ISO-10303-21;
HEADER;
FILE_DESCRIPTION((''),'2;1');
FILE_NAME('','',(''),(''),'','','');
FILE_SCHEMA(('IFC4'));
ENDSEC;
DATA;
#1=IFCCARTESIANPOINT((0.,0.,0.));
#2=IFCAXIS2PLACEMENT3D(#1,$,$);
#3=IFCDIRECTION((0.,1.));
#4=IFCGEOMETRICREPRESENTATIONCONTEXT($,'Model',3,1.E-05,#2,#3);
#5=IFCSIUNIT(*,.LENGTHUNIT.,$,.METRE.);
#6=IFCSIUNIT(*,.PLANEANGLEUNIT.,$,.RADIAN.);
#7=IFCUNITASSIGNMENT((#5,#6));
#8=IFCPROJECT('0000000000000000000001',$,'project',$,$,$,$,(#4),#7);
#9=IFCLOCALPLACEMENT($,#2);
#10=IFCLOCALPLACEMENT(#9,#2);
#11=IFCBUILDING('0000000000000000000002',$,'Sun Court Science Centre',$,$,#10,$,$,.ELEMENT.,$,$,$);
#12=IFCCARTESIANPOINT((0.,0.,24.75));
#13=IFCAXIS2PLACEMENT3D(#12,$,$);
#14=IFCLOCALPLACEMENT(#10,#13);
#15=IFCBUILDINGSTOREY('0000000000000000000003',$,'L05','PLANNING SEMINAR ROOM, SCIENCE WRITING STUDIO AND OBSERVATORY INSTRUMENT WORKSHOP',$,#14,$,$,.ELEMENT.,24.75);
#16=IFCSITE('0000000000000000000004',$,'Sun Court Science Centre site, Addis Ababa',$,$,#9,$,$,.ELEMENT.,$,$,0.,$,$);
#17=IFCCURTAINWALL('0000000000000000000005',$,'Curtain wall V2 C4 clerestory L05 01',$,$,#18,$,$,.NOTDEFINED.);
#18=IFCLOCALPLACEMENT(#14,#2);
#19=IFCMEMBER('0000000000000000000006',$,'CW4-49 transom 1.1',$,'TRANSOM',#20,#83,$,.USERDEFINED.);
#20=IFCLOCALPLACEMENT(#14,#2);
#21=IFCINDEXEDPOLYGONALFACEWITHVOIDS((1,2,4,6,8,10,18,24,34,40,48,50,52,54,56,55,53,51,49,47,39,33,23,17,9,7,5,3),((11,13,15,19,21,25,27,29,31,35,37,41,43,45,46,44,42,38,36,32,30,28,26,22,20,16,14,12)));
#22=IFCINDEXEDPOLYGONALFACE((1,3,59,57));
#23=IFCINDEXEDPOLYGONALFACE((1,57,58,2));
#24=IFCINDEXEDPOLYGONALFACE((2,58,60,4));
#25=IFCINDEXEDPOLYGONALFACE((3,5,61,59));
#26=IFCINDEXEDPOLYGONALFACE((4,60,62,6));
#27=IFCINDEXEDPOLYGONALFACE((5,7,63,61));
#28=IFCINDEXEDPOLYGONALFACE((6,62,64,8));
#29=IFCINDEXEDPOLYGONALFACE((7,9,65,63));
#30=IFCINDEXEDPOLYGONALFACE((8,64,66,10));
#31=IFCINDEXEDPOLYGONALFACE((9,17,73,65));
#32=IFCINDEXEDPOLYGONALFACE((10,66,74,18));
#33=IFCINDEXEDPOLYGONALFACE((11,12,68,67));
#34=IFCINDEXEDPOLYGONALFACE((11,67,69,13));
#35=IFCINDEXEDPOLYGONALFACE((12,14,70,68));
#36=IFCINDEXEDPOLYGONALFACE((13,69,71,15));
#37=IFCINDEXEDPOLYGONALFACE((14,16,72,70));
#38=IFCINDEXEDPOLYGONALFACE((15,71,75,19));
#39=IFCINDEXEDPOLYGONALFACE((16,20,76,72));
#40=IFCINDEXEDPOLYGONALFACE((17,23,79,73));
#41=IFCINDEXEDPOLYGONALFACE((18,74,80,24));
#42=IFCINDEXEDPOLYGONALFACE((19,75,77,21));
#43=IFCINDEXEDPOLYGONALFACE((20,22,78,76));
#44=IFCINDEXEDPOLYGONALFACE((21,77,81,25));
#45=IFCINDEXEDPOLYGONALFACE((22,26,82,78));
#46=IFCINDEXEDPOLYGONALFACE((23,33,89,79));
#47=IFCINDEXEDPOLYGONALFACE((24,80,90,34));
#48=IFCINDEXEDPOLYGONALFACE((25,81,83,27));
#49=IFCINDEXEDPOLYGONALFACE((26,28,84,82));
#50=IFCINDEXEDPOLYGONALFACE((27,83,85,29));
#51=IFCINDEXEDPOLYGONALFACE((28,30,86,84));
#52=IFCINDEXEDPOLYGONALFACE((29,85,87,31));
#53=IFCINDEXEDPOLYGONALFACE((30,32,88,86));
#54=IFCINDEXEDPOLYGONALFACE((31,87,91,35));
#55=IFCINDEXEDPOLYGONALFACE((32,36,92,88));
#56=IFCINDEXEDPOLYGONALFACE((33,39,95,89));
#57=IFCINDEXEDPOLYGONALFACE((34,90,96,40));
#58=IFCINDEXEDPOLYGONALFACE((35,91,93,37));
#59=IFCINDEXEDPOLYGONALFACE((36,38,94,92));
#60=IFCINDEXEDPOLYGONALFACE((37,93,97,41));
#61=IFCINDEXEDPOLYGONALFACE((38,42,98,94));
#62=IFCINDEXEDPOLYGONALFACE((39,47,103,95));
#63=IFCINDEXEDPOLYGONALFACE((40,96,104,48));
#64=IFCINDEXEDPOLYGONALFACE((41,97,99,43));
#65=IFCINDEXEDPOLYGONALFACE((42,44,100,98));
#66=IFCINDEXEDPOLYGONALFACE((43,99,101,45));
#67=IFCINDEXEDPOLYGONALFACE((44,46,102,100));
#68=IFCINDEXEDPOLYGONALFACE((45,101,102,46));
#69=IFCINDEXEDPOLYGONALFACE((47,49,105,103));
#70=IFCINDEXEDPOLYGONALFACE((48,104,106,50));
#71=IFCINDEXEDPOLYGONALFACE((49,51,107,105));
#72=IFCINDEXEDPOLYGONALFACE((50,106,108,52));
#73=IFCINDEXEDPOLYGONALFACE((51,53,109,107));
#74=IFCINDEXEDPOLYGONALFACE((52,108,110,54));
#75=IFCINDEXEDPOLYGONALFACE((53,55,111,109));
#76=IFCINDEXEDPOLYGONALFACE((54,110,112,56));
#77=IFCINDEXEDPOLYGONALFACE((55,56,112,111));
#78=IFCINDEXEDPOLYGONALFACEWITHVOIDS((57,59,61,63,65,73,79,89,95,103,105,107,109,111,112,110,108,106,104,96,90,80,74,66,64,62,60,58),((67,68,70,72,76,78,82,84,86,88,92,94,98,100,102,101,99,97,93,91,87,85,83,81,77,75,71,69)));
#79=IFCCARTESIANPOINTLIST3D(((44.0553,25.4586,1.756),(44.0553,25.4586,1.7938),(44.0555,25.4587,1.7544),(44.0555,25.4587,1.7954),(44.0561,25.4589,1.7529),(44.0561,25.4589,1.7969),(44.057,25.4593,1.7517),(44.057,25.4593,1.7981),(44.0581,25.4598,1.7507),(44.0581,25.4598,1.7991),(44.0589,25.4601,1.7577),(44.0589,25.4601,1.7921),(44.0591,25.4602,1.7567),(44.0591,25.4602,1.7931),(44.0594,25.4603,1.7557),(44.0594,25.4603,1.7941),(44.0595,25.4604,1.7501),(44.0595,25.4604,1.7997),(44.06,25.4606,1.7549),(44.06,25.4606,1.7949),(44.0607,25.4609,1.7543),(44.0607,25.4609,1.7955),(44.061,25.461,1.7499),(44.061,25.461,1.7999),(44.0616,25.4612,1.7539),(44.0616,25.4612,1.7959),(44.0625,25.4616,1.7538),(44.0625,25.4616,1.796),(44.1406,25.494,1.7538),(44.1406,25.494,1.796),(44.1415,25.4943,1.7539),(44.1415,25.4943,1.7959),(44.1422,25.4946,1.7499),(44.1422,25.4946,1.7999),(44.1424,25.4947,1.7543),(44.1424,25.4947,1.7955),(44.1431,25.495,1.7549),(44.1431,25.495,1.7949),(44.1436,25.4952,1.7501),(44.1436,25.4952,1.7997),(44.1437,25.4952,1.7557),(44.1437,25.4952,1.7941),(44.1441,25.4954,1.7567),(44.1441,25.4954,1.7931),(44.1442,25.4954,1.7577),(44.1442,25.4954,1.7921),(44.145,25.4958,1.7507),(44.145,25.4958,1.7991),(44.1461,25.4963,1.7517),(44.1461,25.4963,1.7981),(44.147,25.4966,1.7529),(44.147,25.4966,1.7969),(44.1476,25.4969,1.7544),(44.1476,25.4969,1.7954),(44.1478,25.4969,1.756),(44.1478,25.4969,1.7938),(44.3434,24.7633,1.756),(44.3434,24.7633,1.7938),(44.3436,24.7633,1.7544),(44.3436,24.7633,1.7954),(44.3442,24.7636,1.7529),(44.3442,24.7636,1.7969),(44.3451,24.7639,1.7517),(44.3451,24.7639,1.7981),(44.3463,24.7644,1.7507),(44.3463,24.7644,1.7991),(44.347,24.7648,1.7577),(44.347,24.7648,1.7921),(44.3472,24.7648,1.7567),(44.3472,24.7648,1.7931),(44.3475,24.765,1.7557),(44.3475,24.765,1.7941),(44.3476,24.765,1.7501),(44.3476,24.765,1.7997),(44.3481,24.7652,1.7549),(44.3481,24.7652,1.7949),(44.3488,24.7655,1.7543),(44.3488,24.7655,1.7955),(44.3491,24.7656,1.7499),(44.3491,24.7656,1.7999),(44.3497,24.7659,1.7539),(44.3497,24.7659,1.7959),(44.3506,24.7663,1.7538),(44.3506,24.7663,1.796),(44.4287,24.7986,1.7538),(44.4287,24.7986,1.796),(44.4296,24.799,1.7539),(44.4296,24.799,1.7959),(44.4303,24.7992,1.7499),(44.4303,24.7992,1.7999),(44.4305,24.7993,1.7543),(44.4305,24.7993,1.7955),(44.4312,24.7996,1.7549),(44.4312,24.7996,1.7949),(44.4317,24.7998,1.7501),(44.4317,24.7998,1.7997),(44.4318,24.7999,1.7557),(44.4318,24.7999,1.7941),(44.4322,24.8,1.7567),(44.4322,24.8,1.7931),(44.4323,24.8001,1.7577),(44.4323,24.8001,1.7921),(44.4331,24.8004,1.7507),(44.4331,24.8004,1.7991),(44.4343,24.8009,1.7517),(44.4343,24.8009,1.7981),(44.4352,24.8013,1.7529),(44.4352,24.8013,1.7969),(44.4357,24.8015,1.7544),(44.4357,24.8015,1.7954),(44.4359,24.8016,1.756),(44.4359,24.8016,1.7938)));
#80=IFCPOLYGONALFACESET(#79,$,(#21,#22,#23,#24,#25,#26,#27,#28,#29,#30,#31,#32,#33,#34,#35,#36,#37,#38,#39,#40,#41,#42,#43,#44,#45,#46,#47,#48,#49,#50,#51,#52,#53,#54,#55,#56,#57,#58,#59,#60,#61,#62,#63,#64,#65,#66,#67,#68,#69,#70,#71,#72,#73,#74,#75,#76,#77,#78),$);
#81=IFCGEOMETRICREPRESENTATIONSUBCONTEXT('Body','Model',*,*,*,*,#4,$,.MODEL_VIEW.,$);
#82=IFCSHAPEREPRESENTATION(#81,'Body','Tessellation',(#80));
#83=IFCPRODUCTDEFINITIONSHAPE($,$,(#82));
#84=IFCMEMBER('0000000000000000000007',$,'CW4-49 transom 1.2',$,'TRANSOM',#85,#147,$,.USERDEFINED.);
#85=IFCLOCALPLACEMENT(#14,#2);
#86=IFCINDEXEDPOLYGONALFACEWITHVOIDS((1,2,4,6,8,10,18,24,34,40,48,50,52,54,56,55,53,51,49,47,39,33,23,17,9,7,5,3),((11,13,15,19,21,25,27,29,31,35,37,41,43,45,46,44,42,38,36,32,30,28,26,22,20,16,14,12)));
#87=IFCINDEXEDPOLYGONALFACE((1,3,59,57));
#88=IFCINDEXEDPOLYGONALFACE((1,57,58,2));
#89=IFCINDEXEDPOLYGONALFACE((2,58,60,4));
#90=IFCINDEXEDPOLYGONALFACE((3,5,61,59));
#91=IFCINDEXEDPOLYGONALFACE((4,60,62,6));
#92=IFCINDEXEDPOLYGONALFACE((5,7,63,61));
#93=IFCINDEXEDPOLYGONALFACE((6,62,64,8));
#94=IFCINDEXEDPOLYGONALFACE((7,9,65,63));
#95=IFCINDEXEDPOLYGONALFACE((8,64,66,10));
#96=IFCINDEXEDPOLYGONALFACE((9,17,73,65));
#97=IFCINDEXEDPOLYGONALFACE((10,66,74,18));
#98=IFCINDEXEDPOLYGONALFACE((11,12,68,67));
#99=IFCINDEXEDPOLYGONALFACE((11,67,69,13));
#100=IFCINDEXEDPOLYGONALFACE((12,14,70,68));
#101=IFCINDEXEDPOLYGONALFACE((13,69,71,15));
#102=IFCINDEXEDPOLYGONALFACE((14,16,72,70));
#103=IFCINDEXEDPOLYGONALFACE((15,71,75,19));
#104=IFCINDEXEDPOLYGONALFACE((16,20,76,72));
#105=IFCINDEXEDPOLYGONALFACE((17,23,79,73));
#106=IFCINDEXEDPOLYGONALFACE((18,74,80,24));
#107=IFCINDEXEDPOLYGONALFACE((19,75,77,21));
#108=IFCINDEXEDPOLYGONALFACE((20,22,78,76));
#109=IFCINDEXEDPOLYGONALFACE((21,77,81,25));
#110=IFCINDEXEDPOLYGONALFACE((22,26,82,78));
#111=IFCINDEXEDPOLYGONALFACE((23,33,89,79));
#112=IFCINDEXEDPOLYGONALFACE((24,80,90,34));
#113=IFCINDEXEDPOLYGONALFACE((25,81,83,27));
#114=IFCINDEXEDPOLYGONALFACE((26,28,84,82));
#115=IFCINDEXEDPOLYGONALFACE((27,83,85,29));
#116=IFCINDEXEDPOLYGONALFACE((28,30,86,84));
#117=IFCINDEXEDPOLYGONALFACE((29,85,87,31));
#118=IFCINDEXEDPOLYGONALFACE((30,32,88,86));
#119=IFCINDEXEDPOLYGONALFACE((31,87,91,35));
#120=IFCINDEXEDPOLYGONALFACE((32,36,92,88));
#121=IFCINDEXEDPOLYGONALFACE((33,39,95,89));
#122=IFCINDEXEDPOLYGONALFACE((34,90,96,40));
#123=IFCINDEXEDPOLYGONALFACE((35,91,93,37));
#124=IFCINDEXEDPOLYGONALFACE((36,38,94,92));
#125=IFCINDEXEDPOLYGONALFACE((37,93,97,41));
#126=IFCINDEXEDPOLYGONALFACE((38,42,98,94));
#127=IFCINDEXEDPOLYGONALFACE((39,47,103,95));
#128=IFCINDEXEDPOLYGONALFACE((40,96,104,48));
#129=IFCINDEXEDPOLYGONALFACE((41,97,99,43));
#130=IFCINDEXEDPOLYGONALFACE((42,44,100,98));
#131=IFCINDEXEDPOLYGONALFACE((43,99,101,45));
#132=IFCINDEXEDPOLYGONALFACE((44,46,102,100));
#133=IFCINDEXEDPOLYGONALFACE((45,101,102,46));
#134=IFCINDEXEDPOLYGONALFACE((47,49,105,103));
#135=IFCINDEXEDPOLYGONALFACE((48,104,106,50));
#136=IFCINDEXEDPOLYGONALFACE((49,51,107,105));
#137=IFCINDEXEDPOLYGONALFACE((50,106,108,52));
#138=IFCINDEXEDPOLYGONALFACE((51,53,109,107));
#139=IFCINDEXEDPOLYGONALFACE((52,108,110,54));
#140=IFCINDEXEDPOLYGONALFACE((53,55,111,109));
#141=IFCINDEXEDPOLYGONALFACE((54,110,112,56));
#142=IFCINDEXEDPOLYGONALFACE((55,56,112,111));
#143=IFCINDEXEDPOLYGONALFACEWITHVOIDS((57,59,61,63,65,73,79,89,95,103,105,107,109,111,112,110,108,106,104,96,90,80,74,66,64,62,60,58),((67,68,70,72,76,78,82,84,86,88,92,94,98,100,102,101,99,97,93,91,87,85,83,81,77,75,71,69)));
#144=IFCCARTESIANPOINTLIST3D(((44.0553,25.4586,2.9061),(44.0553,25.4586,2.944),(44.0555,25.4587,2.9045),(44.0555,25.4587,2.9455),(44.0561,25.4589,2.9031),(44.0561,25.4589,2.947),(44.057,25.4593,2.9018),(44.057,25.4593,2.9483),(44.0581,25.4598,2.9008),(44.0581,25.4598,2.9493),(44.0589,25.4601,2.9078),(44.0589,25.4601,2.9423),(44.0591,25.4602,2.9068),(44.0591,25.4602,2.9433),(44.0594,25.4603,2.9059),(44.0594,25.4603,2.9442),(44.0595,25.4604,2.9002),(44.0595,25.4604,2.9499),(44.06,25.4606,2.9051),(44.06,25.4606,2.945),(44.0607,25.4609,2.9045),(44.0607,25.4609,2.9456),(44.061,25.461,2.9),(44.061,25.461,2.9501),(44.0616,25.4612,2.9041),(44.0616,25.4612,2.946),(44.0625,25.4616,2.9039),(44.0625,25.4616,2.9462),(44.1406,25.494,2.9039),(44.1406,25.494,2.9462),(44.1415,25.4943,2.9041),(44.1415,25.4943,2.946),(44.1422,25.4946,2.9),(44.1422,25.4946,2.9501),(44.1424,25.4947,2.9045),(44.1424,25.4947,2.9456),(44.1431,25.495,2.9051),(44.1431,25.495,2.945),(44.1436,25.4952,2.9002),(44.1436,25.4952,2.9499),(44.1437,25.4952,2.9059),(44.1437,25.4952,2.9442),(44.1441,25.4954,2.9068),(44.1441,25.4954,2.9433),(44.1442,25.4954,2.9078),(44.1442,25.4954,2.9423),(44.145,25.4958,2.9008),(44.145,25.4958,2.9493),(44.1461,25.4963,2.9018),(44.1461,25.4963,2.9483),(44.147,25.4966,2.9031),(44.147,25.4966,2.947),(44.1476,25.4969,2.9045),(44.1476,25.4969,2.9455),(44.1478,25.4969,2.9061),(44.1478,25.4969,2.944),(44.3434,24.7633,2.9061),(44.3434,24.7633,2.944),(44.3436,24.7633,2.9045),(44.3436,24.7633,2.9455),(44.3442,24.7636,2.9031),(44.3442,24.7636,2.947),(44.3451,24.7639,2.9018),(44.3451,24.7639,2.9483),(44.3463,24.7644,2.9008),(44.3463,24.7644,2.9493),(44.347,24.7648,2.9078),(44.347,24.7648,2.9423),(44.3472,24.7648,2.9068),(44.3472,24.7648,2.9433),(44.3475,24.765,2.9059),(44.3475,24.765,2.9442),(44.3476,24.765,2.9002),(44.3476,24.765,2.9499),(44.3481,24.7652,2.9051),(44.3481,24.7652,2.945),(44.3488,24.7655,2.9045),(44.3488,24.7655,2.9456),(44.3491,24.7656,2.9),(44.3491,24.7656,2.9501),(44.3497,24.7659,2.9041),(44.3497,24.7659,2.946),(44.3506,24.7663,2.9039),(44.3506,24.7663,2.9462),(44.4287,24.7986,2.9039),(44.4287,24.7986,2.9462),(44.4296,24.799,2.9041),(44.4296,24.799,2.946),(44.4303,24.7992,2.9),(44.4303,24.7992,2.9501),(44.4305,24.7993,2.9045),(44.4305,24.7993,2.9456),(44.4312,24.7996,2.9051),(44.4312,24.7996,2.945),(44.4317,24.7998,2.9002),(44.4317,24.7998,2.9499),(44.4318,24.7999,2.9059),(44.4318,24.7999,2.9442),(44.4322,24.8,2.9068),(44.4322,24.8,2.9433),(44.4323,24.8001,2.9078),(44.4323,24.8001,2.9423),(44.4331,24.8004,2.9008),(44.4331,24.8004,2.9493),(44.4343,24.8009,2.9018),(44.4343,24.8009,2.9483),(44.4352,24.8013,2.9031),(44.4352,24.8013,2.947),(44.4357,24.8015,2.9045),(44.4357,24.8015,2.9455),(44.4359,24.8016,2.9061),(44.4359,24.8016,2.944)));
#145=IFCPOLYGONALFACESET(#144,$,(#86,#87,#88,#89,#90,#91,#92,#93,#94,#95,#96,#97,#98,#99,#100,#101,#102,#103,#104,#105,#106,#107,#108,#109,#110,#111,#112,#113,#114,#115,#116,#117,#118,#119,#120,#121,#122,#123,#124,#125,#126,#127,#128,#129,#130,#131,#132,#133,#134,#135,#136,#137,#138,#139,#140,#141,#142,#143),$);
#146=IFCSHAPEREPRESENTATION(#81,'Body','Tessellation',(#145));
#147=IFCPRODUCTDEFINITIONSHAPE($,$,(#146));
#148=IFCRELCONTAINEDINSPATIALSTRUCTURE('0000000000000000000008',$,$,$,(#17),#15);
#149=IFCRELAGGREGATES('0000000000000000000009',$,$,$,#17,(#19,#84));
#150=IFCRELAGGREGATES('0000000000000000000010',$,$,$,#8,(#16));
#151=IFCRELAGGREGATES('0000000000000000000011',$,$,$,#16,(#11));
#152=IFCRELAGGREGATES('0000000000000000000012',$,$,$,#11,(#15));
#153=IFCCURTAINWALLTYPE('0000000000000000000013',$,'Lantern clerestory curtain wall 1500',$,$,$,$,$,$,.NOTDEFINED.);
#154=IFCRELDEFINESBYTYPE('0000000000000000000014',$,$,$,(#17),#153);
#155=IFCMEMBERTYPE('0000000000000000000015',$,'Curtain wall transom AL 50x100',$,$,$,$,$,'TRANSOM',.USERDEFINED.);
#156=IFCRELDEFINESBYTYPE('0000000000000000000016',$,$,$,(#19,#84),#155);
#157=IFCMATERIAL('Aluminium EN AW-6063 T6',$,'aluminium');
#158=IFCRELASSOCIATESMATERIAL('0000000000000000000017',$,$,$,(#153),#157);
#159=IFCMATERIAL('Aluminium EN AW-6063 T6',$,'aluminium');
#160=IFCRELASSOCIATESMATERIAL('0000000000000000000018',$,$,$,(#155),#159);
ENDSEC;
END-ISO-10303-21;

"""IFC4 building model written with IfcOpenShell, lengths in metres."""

from ifc_helpers import new_model, si_unit, direction, frame, origin, origin_2d, place, context, subcontext, project, spatial, hollow_rectangle, extrude, material, material_profile, profile_set, type_object, element, aggregate, save


model = new_model("IFC4")

# Units and contexts
model_context = context("Model", 3, precision=1e-05, world=origin(), true_north=direction((0.0, 1.0)))
body_context = subcontext(model_context, "Body", "Model", "MODEL_VIEW")
ifc_project = project(units=[si_unit("LENGTHUNIT", "METRE"), si_unit("PLANEANGLEUNIT", "RADIAN")], contexts=[model_context])

# Site, building, storey
site_placement = place(None, origin())
site = spatial("IfcSite", under=ifc_project, at=site_placement, Name="Sun Court Science Centre site, Addis Ababa", CompositionType="ELEMENT", RefElevation=0.0)
building_placement = place(site_placement, origin())
building = spatial("IfcBuilding", under=site, at=building_placement, Name="Sun Court Science Centre", CompositionType="ELEMENT")
storey_placement = place(building_placement, frame((0.0, 0.0, 24.75)))
storey = spatial("IfcBuildingStorey", under=building, at=storey_placement, Name="L05", Description="PLANNING SEMINAR ROOM, SCIENCE WRITING STUDIO AND OBSERVATORY INSTRUMENT WORKSHOP", CompositionType="ELEMENT", Elevation=24.75)

# Curtain wall
ifc_material_1 = material(Name="Aluminium EN AW-6063 T6", Category="aluminium")
curtain_wall_type = type_object("IfcCurtainWallType", Name="Lantern clerestory curtain wall 1500", PredefinedType="NOTDEFINED", material=ifc_material_1)
curtain_wall_1_placement = place(storey_placement, origin())
curtain_wall_1 = element("IfcCurtainWall", 1, at=curtain_wall_1_placement, inside=storey, type_object=curtain_wall_type, Name="Curtain wall V2 C4 clerestory L05 01", PredefinedType="NOTDEFINED")

# Members
ifc_material_2 = material(Name="Aluminium EN AW-6063 T6", Category="aluminium")
ifc_material_profile_1 = material_profile(ifc_material_2, hollow_rectangle(XDim=0.05, YDim=0.1001, WallThickness=0.0039, InnerFilletRadius=0.0039, OuterFilletRadius=0.0061, at=origin_2d()), Name="AL 50x100x4")
ifc_profile_set_1 = profile_set([ifc_material_profile_1], Name="Aluminium EN AW-6063 T6")
member_type_1 = type_object("IfcMemberType", Name="Curtain wall transom AL 50x100", ElementType="TRANSOM", PredefinedType="USERDEFINED", material=ifc_profile_set_1)
member_1_placement = place(storey_placement, frame((44.1016, 25.4778, 1.7749), z_axis=(0.382772, -0.923843, 0.0), x_axis=(0.0, 0.0, 1.0)))
member_1 = element("IfcMember", 2, at=member_1_placement, type_object=member_type_1, Name="CW4-49 transom 1.1", ObjectType="TRANSOM", PredefinedType="USERDEFINED", context=body_context, shape_type="SweptSolid", body=[
    extrude(hollow_rectangle(XDim=0.05, YDim=0.1001, WallThickness=0.0039, InnerFilletRadius=0.0039, OuterFilletRadius=0.0061, at=origin_2d()), origin(), (0.0, 0.0, 1.0), 0.7527),
])
member_2_placement = place(storey_placement, frame((44.1016, 25.4778, 2.925), z_axis=(0.382772, -0.923843, 0.0), x_axis=(0.0, 0.0, 1.0)))
member_2 = element("IfcMember", 3, at=member_2_placement, type_object=member_type_1, Name="CW4-49 transom 1.2", ObjectType="TRANSOM", PredefinedType="USERDEFINED", context=body_context, shape_type="SweptSolid", body=[
    extrude(hollow_rectangle(XDim=0.05, YDim=0.1001, WallThickness=0.0039, InnerFilletRadius=0.0039, OuterFilletRadius=0.0061, at=origin_2d()), origin(), (0.0, 0.0, 1.0), 0.7527),
])

aggregate(curtain_wall_1, [member_1, member_2])

save(model, "model.ifc")
